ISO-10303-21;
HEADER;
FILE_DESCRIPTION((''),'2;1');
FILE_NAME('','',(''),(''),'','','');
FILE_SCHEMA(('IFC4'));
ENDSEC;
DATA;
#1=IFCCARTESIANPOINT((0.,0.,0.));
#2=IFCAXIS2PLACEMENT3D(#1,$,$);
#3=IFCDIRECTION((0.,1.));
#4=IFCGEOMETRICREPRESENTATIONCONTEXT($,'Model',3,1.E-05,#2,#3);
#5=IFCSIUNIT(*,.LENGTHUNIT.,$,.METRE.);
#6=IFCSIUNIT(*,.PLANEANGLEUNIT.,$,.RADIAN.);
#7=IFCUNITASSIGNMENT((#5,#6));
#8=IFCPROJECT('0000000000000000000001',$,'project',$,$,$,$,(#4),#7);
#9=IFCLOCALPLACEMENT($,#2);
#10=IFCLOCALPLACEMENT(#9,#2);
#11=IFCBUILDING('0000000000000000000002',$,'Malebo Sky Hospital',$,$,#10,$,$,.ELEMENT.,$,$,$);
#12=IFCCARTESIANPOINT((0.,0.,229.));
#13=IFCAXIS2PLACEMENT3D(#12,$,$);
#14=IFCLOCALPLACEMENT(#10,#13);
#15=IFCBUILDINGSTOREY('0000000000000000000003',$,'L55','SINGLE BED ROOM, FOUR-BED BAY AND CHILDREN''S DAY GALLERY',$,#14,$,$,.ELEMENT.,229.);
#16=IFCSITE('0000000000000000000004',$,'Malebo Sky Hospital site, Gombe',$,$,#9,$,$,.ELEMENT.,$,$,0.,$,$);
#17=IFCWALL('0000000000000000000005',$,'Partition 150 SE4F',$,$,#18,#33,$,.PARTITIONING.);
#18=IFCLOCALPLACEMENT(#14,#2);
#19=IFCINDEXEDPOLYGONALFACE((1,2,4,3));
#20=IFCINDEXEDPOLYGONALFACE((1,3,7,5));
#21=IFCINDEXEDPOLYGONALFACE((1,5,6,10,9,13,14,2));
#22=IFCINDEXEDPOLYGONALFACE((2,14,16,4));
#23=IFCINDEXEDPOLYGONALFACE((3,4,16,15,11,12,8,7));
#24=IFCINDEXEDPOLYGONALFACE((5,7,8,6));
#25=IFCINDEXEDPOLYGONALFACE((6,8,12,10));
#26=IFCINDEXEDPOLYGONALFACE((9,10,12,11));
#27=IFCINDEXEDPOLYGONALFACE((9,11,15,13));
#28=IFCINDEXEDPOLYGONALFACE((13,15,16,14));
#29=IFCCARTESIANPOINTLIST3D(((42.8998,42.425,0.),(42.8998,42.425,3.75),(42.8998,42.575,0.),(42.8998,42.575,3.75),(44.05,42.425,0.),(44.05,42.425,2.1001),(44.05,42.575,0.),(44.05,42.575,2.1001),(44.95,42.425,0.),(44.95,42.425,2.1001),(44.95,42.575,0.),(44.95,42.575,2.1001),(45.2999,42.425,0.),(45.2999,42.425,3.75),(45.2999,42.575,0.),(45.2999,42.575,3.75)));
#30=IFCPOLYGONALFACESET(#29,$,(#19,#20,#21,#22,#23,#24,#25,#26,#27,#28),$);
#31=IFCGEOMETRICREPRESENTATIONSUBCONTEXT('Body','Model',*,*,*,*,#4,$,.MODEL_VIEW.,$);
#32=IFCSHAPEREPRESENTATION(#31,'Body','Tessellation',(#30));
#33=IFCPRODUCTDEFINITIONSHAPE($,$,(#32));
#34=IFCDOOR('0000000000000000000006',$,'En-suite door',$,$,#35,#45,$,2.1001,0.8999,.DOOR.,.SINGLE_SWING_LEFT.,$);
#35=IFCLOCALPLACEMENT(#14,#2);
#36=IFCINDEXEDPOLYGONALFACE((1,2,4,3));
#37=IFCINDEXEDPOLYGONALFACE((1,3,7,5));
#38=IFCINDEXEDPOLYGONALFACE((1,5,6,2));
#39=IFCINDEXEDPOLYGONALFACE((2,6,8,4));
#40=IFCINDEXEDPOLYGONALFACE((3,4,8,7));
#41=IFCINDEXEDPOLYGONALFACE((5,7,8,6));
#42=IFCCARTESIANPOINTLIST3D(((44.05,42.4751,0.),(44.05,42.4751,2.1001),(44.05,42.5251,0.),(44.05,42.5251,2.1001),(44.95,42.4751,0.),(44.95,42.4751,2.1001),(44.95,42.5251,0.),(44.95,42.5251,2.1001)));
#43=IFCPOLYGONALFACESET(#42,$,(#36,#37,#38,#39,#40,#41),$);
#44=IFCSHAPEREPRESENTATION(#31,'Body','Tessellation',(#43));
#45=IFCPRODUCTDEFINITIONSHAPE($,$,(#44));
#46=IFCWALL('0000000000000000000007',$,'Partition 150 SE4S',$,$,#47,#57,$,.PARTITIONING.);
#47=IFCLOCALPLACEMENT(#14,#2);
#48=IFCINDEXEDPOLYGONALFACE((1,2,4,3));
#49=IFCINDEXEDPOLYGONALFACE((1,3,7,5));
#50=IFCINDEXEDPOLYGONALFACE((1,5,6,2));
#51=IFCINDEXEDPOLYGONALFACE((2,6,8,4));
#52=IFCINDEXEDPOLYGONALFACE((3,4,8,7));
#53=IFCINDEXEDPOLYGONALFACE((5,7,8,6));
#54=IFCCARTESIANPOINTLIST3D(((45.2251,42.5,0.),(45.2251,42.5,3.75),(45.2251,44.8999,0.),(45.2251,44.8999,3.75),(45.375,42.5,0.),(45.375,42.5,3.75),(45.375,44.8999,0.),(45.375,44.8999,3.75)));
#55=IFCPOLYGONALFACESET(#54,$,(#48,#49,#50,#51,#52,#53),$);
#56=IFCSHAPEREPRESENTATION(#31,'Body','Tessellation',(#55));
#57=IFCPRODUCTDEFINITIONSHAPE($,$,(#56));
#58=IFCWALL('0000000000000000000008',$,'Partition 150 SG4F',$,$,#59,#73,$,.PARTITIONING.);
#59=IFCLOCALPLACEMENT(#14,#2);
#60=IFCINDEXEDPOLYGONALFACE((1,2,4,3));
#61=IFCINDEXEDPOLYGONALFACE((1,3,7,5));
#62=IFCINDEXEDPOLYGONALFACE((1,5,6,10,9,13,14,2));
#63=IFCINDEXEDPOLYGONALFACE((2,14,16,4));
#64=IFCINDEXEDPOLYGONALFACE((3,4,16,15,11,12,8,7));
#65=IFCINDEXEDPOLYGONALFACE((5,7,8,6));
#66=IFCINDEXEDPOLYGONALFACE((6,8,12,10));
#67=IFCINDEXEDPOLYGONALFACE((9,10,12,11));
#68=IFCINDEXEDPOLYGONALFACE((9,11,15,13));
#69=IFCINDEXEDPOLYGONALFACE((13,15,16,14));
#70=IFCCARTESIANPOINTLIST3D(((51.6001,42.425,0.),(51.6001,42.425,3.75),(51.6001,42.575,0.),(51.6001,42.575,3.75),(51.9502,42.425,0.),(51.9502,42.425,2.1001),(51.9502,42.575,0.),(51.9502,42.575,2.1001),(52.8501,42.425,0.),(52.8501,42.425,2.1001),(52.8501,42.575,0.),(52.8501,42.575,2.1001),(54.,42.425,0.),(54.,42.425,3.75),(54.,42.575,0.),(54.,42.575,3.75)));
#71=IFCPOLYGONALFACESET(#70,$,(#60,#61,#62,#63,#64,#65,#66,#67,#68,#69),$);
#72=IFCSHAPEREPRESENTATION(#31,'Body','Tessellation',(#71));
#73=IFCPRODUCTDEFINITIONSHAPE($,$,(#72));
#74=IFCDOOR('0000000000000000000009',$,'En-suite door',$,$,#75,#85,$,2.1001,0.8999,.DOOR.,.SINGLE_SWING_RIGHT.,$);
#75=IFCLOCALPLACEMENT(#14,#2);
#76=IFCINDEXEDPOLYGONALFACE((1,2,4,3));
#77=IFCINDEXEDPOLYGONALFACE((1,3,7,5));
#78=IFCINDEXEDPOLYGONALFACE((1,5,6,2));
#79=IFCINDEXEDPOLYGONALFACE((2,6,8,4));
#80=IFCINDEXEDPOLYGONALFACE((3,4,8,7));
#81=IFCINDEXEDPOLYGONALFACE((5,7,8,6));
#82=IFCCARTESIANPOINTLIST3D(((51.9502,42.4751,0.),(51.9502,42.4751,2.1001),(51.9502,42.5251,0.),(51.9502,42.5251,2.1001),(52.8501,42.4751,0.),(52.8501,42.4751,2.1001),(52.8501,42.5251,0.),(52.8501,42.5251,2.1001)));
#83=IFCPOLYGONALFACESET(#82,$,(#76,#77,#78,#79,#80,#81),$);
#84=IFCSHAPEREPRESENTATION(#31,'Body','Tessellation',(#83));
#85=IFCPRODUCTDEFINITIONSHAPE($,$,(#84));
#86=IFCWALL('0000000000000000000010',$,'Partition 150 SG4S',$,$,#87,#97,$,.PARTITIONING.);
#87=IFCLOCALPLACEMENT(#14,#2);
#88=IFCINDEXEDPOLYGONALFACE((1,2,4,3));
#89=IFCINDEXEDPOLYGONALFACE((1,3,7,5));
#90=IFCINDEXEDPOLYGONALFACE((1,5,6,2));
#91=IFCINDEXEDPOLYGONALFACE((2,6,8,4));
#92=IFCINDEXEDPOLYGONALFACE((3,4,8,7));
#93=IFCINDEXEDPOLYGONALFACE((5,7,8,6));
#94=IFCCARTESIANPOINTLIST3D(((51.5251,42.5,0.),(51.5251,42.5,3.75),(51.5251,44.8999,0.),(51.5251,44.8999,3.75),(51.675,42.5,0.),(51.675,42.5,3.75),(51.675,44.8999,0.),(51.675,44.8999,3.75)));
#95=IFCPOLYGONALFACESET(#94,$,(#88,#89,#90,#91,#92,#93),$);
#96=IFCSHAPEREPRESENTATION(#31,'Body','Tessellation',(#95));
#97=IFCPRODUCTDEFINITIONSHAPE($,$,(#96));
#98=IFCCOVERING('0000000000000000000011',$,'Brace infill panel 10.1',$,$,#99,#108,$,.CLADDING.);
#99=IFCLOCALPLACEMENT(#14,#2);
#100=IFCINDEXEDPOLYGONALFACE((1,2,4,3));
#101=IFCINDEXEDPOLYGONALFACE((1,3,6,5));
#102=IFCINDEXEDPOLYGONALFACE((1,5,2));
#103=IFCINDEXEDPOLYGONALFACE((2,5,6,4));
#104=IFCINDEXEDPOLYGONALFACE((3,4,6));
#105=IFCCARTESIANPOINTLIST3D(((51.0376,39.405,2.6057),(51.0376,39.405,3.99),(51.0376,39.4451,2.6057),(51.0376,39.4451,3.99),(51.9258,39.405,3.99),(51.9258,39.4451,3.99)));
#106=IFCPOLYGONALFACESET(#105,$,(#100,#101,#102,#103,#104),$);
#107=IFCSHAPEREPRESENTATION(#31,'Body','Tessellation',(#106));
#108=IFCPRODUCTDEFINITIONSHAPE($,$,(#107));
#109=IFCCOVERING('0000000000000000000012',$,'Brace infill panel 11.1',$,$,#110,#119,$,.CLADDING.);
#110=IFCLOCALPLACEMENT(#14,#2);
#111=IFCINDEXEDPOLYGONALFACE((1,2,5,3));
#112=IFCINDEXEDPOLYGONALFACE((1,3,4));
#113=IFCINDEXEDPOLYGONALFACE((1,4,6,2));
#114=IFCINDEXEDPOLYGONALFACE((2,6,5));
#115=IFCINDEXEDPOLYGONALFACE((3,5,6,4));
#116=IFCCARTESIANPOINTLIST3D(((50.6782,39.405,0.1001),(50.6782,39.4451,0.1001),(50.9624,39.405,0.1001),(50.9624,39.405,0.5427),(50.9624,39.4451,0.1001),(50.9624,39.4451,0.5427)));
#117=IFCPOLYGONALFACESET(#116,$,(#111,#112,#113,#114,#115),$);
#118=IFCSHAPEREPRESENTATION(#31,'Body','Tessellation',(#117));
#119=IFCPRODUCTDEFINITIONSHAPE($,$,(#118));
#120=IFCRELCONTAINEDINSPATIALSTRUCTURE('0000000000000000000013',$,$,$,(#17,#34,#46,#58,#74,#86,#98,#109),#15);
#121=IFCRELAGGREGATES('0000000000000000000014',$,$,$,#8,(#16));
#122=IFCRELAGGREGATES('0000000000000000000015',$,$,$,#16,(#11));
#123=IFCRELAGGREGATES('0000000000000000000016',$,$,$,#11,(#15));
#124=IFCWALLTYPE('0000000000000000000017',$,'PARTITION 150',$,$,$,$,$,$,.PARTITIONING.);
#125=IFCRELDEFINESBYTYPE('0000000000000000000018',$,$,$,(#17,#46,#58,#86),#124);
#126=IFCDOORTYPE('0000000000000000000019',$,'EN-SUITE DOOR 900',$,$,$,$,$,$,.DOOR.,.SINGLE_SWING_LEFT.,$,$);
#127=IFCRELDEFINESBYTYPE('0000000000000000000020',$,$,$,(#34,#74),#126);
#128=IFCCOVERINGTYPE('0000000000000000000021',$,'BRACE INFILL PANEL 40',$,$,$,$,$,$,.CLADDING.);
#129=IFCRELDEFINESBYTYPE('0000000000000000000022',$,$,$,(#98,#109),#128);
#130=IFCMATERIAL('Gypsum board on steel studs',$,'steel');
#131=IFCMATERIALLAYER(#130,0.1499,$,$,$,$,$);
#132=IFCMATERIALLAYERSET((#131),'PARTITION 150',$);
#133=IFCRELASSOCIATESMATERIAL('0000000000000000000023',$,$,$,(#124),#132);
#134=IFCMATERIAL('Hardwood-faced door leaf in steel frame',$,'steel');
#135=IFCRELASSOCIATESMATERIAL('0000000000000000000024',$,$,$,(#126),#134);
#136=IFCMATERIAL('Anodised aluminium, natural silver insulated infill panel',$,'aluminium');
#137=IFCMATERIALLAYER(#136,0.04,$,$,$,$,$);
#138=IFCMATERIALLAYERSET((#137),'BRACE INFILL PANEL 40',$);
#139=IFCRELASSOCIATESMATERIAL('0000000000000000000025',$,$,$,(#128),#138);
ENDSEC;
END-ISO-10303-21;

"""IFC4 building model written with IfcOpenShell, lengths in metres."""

from ifc_helpers import new_model, si_unit, direction, frame, frame_2d, origin, place, context, subcontext, project, spatial, polyline, rectangle, outline, extrude, material, layer, layer_set, type_object, element, fill, save


model = new_model("IFC4")

# Units and contexts
model_context = context("Model", 3, precision=1e-05, world=origin(), true_north=direction((0.0, 1.0)))
body_context = subcontext(model_context, "Body", "Model", "MODEL_VIEW")
ifc_project = project(units=[si_unit("LENGTHUNIT", "METRE"), si_unit("PLANEANGLEUNIT", "RADIAN")], contexts=[model_context])

# Site, building, storey
site_placement = place(None, origin())
site = spatial("IfcSite", under=ifc_project, at=site_placement, Name="Malebo Sky Hospital site, Gombe", CompositionType="ELEMENT", RefElevation=0.0)
building_placement = place(site_placement, origin())
building = spatial("IfcBuilding", under=site, at=building_placement, Name="Malebo Sky Hospital", CompositionType="ELEMENT")
storey_placement = place(building_placement, frame((0.0, 0.0, 229.0)))
storey = spatial("IfcBuildingStorey", under=building, at=storey_placement, Name="L55", Description="SINGLE BED ROOM, FOUR-BED BAY AND CHILDREN'S DAY GALLERY", CompositionType="ELEMENT", Elevation=229.0)

# Shared definitions
ifc_material_1 = material(Name="Gypsum board on steel studs", Category="steel")
ifc_layer_1 = layer(ifc_material_1, 0.1499)
ifc_layer_set_1 = layer_set([ifc_layer_1], Name="PARTITION 150")
wall_type = type_object("IfcWallType", Name="PARTITION 150", PredefinedType="PARTITIONING", material=ifc_layer_set_1)

# Wall, opening, door
wall_1_placement = place(storey_placement, frame((45.3, 42.5, 0.0), z_axis=(0.0, 0.0, 1.0), x_axis=(-1.0, 0.0, 0.0)))
wall_1 = element("IfcWall", 1, at=wall_1_placement, inside=storey, type_object=wall_type, Name="Partition 150 SE4F", PredefinedType="PARTITIONING", context=body_context, shape_type="SweptSolid", body=[
    extrude(rectangle(XDim=2.4001, YDim=0.1499, at=frame_2d((1.2002, 0.0))), origin(), (0.0, 0.0, 1.0), 3.75),
])
opening_1_placement = place(wall_1_placement, frame((0.3501, 0.0, 0.0)))
opening_1 = element("IfcOpeningElement", 2, at=opening_1_placement, cuts=wall_1, PredefinedType="OPENING", context=body_context, shape_type="SweptSolid", body=[
    extrude(rectangle(XDim=0.8999, YDim=2.1001, at=frame_2d((0.45, 1.05))), frame((0.0, 0.085, 0.0), z_axis=(0.0, -1.0, 0.0), x_axis=(1.0, 0.0, 0.0)), (0.0, 0.0, 1.0), 0.1699),
])
ifc_material_2 = material(Name="Hardwood-faced door leaf in steel frame", Category="steel")
door_type = type_object("IfcDoorType", Name="EN-SUITE DOOR 900", OperationType="SINGLE_SWING_LEFT", PredefinedType="DOOR", material=ifc_material_2)
door_1_placement = place(opening_1_placement, origin())
door_1 = element("IfcDoor", 3, at=door_1_placement, inside=storey, type_object=door_type, Name="En-suite door", OperationType="SINGLE_SWING_LEFT", OverallHeight=2.1001, OverallWidth=0.8999, PredefinedType="DOOR", context=body_context, shape_type="SweptSolid", body=[
    extrude(rectangle(XDim=0.8999, YDim=2.1001, at=frame_2d((0.45, 1.05))), frame((0.0, 0.0249, 0.0), z_axis=(0.0, -1.0, 0.0), x_axis=(1.0, 0.0, 0.0)), (0.0, 0.0, 1.0), 0.05),
])
fill(opening_1, door_1)

# Wall
wall_2_placement = place(storey_placement, frame((45.3, 44.8999, 0.0), z_axis=(0.0, 0.0, 1.0), x_axis=(0.0, -1.0, 0.0)))
element("IfcWall", 4, at=wall_2_placement, inside=storey, type_object=wall_type, Name="Partition 150 SE4S", PredefinedType="PARTITIONING", context=body_context, shape_type="SweptSolid", body=[
    extrude(rectangle(XDim=2.3999, YDim=0.1499, at=frame_2d((1.2, 0.0))), origin(), (0.0, 0.0, 1.0), 3.75),
])

# Wall, opening, door
wall_3_placement = place(storey_placement, frame((54.0, 42.5, 0.0), z_axis=(0.0, 0.0, 1.0), x_axis=(-1.0, 0.0, 0.0)))
wall_3 = element("IfcWall", 5, at=wall_3_placement, inside=storey, type_object=wall_type, Name="Partition 150 SG4F", PredefinedType="PARTITIONING", context=body_context, shape_type="SweptSolid", body=[
    extrude(rectangle(XDim=2.3999, YDim=0.1499, at=frame_2d((1.2, 0.0))), origin(), (0.0, 0.0, 1.0), 3.75),
])
opening_2_placement = place(wall_3_placement, frame((1.1499, 0.0, 0.0)))
opening_2 = element("IfcOpeningElement", 6, at=opening_2_placement, cuts=wall_3, PredefinedType="OPENING", context=body_context, shape_type="SweptSolid", body=[
    extrude(rectangle(XDim=0.8999, YDim=2.1001, at=frame_2d((0.45, 1.05))), frame((0.0, 0.085, 0.0), z_axis=(0.0, -1.0, 0.0), x_axis=(1.0, 0.0, 0.0)), (0.0, 0.0, 1.0), 0.1699),
])
door_2_placement = place(opening_2_placement, origin())
door_2 = element("IfcDoor", 7, at=door_2_placement, inside=storey, type_object=door_type, Name="En-suite door", OperationType="SINGLE_SWING_RIGHT", OverallHeight=2.1001, OverallWidth=0.8999, PredefinedType="DOOR", context=body_context, shape_type="SweptSolid", body=[
    extrude(rectangle(XDim=0.8999, YDim=2.1001, at=frame_2d((0.45, 1.05))), frame((0.0, 0.0249, 0.0), z_axis=(0.0, -1.0, 0.0), x_axis=(1.0, 0.0, 0.0)), (0.0, 0.0, 1.0), 0.05),
])
fill(opening_2, door_2)

# Wall
wall_4_placement = place(storey_placement, frame((51.6001, 44.8999, 0.0), z_axis=(0.0, 0.0, 1.0), x_axis=(0.0, -1.0, 0.0)))
element("IfcWall", 8, at=wall_4_placement, inside=storey, type_object=wall_type, Name="Partition 150 SG4S", PredefinedType="PARTITIONING", context=body_context, shape_type="SweptSolid", body=[
    extrude(rectangle(XDim=2.3999, YDim=0.1499, at=frame_2d((1.2, 0.0))), origin(), (0.0, 0.0, 1.0), 3.75),
])

# Coverings
ifc_material_3 = material(Name="Anodised aluminium, natural silver insulated infill panel", Category="aluminium")
ifc_layer_2 = layer(ifc_material_3, 0.04)
ifc_layer_set_2 = layer_set([ifc_layer_2], Name="BRACE INFILL PANEL 40")
covering_type = type_object("IfcCoveringType", Name="BRACE INFILL PANEL 40", PredefinedType="CLADDING", material=ifc_layer_set_2)
covering_1_placement = place(storey_placement, frame((51.4817, 39.425, 2.6057), z_axis=(0.0, 0.0, 1.0), x_axis=(-1.0, 0.0, 0.0)))
element("IfcCovering", 9, at=covering_1_placement, inside=storey, type_object=covering_type, Name="Brace infill panel 10.1", PredefinedType="CLADDING", context=body_context, shape_type="SweptSolid", body=[
    extrude(outline(polyline([(0.4441, 0.0), (0.4441, 1.3843), (-0.4441, 1.3843), (0.4441, 0.0)])), frame((0.0, 0.02, 0.0), z_axis=(0.0, -1.0, 0.0), x_axis=(1.0, 0.0, 0.0)), (0.0, 0.0, 1.0), 0.04),
])
covering_2_placement = place(storey_placement, frame((50.8203, 39.425, 0.1001), z_axis=(0.0, 0.0, 1.0), x_axis=(-1.0, 0.0, 0.0)))
element("IfcCovering", 10, at=covering_2_placement, inside=storey, type_object=covering_type, Name="Brace infill panel 11.1", PredefinedType="CLADDING", context=body_context, shape_type="SweptSolid", body=[
    extrude(outline(polyline([(-0.1421, 0.0), (0.1421, 0.0), (-0.1421, 0.4426), (-0.1421, 0.0)])), frame((0.0, 0.02, 0.0), z_axis=(0.0, -1.0, 0.0), x_axis=(1.0, 0.0, 0.0)), (0.0, 0.0, 1.0), 0.04),
])

save(model, "model.ifc")
